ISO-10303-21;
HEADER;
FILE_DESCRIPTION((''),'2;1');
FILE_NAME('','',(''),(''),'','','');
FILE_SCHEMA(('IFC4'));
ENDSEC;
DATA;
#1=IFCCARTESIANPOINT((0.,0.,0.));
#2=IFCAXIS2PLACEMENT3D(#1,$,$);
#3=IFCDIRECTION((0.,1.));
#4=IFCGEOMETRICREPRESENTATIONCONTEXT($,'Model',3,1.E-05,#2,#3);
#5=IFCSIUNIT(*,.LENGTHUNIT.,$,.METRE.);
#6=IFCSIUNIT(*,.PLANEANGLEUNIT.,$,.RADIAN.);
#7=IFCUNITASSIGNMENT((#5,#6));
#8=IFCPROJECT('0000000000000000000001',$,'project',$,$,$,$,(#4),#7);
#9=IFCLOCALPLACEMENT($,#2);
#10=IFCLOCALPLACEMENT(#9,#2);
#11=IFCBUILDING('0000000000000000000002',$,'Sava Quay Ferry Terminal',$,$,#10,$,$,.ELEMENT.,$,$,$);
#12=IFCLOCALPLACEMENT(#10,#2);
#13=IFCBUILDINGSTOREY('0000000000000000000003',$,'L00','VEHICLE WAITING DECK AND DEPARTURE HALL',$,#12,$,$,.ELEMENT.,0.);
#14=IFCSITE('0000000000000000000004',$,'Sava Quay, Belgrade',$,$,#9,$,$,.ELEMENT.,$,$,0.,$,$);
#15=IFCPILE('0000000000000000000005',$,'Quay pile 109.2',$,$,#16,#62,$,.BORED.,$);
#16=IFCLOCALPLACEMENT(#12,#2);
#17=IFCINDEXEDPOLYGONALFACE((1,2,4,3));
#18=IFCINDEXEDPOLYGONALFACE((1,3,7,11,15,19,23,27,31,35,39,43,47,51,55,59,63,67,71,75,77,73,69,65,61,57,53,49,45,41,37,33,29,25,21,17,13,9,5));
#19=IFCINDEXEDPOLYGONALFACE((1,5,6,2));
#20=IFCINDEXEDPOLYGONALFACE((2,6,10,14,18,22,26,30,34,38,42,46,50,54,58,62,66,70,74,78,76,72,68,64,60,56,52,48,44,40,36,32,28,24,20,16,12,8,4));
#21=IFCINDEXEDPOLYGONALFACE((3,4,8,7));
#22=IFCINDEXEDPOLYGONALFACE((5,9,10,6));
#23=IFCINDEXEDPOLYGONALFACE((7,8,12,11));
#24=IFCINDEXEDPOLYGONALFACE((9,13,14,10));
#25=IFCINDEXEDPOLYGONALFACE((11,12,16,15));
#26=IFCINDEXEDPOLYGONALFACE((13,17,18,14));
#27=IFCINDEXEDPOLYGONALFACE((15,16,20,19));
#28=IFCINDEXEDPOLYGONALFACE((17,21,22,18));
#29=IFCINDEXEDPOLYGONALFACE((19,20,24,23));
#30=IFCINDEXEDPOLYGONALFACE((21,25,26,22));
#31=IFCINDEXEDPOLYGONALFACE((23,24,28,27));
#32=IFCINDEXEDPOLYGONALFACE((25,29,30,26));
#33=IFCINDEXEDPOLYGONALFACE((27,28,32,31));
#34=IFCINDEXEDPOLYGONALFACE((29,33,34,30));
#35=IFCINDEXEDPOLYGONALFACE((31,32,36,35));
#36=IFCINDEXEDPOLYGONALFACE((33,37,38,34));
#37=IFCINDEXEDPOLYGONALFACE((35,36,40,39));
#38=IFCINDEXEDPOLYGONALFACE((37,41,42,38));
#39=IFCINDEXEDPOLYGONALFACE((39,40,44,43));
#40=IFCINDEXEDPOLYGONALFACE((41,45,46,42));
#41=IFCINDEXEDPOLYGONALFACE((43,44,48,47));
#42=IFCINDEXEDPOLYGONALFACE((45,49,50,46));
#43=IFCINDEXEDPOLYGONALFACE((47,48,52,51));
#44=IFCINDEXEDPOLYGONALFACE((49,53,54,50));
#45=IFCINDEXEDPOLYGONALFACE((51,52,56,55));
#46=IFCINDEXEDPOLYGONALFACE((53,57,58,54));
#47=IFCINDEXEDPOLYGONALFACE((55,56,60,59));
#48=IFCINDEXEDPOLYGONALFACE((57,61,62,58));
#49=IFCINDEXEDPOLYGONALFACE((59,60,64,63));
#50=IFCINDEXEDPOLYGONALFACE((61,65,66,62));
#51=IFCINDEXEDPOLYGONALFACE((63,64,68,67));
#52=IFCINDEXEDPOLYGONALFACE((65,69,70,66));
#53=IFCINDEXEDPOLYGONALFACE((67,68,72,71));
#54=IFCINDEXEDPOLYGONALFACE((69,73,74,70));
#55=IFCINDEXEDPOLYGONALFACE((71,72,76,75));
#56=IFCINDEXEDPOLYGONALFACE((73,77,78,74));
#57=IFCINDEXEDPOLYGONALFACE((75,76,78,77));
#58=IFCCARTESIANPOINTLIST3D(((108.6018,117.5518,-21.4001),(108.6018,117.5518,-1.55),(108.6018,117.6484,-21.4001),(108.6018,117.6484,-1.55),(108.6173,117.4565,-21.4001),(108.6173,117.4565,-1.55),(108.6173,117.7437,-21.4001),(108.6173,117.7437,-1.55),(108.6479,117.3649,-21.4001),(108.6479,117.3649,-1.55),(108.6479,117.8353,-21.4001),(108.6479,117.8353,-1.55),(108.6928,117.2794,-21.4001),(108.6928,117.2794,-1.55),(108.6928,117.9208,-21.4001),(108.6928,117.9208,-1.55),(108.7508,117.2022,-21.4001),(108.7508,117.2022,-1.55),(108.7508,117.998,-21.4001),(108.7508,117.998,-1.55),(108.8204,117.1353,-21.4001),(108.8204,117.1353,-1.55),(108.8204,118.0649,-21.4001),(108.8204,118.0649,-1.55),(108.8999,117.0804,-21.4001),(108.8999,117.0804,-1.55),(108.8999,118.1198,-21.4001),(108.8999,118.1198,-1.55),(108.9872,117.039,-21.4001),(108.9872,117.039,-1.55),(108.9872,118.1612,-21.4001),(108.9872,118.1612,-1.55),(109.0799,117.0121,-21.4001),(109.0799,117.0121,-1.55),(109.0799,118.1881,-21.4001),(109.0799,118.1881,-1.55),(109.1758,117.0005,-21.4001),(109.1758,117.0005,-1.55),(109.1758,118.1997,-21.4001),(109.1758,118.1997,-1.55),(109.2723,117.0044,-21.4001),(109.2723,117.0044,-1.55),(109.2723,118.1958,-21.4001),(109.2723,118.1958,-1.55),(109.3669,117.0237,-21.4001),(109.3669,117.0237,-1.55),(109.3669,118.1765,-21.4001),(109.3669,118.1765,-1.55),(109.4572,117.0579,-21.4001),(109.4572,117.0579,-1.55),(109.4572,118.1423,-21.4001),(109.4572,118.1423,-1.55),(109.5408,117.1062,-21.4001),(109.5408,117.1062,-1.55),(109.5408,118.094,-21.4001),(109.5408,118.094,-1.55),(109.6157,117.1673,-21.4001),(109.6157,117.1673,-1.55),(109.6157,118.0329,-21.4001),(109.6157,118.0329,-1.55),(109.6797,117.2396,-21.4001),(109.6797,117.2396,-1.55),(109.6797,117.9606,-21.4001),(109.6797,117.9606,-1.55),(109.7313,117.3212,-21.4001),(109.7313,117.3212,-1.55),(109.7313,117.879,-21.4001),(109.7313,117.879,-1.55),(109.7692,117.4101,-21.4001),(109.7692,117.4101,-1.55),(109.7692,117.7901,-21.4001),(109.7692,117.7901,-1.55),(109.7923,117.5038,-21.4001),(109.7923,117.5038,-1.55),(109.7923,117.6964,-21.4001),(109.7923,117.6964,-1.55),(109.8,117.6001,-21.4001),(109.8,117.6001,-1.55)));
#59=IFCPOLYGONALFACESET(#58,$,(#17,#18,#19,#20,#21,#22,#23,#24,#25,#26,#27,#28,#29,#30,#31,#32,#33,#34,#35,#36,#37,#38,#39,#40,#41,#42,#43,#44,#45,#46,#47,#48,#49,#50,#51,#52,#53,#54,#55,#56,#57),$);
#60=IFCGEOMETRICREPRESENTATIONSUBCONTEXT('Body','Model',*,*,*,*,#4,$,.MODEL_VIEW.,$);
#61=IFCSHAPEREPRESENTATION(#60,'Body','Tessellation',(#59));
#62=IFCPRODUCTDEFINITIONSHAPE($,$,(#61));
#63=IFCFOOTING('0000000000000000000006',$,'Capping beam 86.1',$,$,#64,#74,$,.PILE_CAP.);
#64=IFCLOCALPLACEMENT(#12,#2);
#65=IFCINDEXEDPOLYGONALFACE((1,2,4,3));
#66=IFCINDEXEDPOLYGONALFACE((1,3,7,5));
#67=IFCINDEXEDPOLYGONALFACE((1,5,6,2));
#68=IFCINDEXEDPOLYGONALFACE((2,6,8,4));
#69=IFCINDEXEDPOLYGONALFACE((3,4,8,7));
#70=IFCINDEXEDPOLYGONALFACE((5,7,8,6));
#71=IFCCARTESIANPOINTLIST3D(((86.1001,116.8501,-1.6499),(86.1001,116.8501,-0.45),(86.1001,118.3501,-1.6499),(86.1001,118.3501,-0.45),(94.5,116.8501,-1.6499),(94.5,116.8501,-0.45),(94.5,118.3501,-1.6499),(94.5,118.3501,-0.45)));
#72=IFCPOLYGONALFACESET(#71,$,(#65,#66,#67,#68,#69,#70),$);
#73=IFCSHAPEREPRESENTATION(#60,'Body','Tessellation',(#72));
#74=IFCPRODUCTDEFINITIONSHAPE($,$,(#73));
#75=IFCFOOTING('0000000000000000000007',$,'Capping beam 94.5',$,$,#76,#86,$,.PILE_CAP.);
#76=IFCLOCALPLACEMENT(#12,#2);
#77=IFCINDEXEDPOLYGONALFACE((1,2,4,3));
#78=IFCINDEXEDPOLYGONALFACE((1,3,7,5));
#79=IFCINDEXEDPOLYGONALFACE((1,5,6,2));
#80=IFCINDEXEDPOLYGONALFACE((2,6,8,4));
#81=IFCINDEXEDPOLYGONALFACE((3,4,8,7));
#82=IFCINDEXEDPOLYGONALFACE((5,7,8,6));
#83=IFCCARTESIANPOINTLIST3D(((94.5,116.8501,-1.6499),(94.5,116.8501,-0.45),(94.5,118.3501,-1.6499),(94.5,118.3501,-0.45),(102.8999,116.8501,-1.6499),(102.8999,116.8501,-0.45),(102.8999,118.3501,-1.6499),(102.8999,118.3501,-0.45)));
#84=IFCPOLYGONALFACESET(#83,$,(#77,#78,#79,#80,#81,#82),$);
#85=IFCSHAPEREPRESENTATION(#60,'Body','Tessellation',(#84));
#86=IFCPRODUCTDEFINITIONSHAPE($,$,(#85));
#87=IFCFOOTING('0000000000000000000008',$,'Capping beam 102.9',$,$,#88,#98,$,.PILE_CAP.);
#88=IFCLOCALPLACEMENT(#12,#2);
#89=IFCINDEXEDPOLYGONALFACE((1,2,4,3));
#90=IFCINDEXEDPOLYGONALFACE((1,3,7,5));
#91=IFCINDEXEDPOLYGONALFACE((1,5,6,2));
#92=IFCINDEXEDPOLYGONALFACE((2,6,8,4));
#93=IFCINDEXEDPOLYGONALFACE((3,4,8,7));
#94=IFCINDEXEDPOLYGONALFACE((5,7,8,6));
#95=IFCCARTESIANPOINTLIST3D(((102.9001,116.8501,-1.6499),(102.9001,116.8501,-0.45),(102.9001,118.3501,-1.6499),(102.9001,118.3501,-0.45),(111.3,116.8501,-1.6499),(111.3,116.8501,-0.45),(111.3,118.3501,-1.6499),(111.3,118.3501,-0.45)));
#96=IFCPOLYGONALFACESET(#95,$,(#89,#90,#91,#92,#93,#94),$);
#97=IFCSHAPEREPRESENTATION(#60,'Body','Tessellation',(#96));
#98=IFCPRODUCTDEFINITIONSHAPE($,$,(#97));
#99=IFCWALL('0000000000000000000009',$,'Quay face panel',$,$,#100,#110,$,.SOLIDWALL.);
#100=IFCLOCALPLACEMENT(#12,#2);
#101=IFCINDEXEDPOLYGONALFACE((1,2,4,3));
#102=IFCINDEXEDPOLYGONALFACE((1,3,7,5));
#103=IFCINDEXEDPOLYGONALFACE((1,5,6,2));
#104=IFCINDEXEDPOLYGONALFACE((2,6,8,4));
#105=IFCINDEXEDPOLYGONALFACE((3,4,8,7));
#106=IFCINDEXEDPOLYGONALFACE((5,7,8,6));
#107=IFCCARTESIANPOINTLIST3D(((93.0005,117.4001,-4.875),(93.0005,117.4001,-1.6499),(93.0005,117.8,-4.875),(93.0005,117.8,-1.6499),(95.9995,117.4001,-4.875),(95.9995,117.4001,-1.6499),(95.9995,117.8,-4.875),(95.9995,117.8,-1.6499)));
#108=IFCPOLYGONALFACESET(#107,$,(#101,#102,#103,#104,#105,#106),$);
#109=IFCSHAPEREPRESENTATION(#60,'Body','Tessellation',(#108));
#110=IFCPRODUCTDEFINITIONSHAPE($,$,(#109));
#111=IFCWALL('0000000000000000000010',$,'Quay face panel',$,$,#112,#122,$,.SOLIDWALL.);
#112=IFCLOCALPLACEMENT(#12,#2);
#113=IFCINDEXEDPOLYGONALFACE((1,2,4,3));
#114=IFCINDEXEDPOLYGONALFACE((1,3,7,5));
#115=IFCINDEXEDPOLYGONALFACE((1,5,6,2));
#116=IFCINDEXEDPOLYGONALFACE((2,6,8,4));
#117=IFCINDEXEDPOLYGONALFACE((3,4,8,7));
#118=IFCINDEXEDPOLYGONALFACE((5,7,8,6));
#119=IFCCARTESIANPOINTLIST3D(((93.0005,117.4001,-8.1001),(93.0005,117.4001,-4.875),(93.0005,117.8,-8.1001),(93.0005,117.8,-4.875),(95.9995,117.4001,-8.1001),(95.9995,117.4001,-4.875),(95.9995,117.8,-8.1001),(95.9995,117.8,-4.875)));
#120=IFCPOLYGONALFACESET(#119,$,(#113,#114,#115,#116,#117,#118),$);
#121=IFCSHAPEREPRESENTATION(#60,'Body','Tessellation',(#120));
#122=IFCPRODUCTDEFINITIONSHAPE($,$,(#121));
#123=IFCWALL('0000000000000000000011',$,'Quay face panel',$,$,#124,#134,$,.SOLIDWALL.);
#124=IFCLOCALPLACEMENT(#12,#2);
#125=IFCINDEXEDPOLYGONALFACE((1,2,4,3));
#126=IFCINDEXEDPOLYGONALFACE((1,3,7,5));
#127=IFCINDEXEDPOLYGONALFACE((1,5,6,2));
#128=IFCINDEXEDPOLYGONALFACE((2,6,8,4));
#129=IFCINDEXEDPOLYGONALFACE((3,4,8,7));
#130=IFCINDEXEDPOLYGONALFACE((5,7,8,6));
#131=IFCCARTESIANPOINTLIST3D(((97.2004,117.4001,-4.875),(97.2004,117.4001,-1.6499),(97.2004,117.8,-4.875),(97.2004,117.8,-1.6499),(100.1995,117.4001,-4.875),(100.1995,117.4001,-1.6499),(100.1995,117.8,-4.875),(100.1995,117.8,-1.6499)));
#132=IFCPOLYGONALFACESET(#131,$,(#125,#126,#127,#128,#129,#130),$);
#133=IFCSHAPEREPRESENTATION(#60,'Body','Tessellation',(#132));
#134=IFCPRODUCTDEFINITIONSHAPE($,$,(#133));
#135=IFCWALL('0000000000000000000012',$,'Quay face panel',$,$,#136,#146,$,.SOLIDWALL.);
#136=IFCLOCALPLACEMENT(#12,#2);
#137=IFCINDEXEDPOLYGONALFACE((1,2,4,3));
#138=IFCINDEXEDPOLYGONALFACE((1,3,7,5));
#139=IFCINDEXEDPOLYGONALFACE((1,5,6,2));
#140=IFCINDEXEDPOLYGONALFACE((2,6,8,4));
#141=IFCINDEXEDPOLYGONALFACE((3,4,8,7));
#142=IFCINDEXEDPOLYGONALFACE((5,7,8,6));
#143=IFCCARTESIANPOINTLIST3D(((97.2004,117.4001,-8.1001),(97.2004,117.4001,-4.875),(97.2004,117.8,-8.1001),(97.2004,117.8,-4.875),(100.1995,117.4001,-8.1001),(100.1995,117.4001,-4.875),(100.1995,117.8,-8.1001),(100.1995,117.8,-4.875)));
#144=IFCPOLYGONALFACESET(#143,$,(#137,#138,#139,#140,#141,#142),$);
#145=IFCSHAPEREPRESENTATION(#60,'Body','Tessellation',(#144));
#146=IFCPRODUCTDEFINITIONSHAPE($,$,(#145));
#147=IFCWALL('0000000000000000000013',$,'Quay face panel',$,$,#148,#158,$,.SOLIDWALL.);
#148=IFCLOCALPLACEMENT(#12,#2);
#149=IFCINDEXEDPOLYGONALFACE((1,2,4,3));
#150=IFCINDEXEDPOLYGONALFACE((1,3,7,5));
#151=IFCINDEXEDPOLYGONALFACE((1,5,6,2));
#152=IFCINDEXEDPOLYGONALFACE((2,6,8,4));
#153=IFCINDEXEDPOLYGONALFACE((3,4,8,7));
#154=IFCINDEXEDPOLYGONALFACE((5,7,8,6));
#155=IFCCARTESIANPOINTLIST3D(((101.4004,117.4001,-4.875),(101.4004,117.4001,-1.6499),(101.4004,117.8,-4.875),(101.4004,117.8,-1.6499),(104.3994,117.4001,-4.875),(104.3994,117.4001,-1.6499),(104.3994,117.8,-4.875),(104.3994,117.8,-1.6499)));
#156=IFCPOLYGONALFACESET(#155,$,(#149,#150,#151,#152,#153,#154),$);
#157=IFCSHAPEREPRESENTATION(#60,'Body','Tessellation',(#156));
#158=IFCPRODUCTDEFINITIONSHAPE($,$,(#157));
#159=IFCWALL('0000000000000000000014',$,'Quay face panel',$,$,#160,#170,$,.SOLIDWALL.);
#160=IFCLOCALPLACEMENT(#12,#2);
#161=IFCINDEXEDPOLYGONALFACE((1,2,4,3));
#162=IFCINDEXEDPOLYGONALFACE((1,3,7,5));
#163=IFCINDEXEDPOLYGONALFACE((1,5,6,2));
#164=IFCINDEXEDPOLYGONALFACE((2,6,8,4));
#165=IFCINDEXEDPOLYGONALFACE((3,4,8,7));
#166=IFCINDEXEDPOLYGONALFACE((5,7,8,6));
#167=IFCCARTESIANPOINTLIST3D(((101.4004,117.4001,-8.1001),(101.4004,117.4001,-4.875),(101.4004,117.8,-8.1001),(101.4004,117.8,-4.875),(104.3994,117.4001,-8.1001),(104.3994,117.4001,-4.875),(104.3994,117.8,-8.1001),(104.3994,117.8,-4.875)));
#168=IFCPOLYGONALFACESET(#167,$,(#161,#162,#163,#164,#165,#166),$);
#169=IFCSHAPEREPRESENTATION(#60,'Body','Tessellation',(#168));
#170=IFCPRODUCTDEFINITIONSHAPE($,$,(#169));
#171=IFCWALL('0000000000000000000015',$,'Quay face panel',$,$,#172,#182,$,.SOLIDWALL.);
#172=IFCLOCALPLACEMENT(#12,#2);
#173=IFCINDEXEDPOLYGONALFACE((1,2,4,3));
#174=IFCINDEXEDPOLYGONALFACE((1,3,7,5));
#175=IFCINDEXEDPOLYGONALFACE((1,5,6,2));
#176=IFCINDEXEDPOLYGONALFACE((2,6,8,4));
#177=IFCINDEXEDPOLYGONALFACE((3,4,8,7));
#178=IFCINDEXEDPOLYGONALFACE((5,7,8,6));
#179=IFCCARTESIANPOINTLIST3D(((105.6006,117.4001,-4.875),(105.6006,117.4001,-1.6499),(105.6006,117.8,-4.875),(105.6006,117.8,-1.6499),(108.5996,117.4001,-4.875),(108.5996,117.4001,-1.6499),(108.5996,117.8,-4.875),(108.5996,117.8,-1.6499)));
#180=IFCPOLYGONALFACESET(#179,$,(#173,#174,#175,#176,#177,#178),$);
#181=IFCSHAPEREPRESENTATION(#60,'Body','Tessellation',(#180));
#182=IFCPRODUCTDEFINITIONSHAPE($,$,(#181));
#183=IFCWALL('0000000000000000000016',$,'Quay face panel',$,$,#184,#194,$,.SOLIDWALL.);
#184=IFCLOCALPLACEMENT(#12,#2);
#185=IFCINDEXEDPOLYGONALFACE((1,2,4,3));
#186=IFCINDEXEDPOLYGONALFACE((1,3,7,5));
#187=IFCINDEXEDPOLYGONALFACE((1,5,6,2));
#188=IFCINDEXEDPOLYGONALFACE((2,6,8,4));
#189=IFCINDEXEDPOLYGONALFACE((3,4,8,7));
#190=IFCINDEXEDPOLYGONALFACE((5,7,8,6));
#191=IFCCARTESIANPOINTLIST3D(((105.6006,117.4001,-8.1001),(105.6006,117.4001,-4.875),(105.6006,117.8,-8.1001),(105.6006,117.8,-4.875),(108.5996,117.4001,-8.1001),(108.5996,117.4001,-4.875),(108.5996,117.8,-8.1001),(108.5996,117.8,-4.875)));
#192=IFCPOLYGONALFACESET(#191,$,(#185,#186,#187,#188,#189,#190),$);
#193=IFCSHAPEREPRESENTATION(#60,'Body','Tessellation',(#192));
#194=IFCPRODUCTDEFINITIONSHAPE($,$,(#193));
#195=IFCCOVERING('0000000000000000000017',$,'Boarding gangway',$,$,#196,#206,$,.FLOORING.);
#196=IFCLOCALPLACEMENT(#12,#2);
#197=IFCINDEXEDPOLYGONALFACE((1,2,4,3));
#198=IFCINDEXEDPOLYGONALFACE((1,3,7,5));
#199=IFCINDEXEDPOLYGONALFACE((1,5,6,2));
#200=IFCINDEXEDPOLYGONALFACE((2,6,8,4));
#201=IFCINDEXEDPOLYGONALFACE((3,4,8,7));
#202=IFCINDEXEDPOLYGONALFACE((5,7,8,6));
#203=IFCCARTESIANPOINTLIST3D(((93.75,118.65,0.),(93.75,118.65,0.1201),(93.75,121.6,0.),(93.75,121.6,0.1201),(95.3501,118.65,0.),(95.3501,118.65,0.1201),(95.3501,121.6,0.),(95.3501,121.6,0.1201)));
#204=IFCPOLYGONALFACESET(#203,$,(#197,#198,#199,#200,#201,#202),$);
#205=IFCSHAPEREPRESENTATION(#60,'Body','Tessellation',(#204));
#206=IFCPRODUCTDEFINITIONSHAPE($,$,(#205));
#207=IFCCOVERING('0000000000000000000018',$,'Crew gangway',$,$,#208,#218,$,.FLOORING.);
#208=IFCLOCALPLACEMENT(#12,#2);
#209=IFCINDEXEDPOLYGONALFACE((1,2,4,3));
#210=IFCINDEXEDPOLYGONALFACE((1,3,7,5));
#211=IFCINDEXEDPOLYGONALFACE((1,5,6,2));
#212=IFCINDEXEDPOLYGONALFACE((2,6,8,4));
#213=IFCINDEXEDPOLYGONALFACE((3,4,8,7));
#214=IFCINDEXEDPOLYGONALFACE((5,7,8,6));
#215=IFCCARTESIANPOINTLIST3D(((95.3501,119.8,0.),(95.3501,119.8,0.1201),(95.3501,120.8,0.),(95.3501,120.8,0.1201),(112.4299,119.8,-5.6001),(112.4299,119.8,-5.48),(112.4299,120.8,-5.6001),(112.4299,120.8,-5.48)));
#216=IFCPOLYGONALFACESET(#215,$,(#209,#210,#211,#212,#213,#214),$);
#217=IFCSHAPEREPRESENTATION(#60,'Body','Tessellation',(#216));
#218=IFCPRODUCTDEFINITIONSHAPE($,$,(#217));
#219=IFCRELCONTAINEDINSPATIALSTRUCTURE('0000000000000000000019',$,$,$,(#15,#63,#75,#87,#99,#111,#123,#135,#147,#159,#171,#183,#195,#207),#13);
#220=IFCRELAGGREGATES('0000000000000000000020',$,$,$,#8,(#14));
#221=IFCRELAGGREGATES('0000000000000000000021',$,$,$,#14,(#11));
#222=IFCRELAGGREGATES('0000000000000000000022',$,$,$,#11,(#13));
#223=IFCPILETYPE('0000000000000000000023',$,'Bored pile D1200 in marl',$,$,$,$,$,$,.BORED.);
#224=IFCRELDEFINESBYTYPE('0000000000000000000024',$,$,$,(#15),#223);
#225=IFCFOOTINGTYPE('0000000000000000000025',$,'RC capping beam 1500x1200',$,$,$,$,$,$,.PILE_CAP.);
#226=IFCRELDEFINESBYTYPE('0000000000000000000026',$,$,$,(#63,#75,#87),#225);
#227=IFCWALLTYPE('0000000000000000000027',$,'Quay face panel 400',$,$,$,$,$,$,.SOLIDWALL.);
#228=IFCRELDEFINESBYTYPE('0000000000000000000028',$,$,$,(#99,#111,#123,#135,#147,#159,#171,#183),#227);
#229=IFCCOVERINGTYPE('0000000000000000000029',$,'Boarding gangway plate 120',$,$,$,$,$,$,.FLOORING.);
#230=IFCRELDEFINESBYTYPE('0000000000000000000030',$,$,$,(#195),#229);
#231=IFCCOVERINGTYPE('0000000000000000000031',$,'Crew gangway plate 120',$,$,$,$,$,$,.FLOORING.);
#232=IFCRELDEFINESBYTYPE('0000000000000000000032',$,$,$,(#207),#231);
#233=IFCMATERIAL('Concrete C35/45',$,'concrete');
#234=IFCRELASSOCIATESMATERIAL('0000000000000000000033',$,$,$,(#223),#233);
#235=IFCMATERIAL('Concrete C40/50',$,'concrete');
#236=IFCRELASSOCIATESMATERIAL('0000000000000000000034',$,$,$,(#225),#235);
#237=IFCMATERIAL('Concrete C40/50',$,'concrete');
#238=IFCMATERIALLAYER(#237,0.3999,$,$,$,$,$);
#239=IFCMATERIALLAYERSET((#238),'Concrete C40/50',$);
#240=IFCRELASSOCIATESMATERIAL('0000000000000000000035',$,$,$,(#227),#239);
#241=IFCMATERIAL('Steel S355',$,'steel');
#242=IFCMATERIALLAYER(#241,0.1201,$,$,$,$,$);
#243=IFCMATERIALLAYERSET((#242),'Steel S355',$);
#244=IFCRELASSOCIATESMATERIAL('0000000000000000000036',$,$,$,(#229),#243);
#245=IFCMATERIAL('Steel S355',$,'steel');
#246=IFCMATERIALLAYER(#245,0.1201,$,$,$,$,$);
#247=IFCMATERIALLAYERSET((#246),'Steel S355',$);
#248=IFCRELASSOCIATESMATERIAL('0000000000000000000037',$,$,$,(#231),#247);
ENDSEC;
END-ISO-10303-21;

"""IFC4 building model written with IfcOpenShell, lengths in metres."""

from ifc_helpers import new_model, si_unit, direction, frame, frame_2d, origin, origin_2d, place, context, subcontext, project, spatial, polyline, rectangle, circle, outline, extrude, material, layer, layer_set, material_profile, profile_set, type_object, element, save


model = new_model("IFC4")

# Units and contexts
model_context = context("Model", 3, precision=1e-05, world=origin(), true_north=direction((0.0, 1.0)))
body_context = subcontext(model_context, "Body", "Model", "MODEL_VIEW")
ifc_project = project(units=[si_unit("LENGTHUNIT", "METRE"), si_unit("PLANEANGLEUNIT", "RADIAN")], contexts=[model_context])

# Site, building, storey
site_placement = place(None, origin())
site = spatial("IfcSite", under=ifc_project, at=site_placement, Name="Sava Quay, Belgrade", CompositionType="ELEMENT", RefElevation=0.0)
building_placement = place(site_placement, origin())
building = spatial("IfcBuilding", under=site, at=building_placement, Name="Sava Quay Ferry Terminal", CompositionType="ELEMENT")
storey_placement = place(building_placement, origin())
storey = spatial("IfcBuildingStorey", under=building, at=storey_placement, Name="L00", Description="VEHICLE WAITING DECK AND DEPARTURE HALL", CompositionType="ELEMENT", Elevation=0.0)

# Pile
ifc_material_1 = material(Name="Concrete C35/45", Category="concrete")
ifc_material_profile = material_profile(ifc_material_1, circle(Radius=0.6001, at=origin_2d()), Name="Bored pile D1200 in marl")
ifc_profile_set = profile_set([ifc_material_profile], Name="Concrete C35/45")
pile_type = type_object("IfcPileType", Name="Bored pile D1200 in marl", PredefinedType="BORED", material=ifc_profile_set)
for number, where, z_axis, x_axis, name in (
    (1, (109.2, 117.6001, -1.55), (0.0, 0.0, -1.0), (1.0, 0.0, 0.0), "Quay pile 109.2"),
):
    element("IfcPile", number, at=place(storey_placement, frame(where, z_axis=z_axis, x_axis=x_axis)), inside=storey, type_object=pile_type, Name=name, PredefinedType="BORED", context=body_context, shape_type="SweptSolid", body=[
        extrude(circle(Radius=0.6001, at=origin_2d()), origin(), (0.0, 0.0, 1.0), 19.8501),
    ])

# Footings
ifc_material_2 = material(Name="Concrete C40/50", Category="concrete")
footing_type = type_object("IfcFootingType", Name="RC capping beam 1500x1200", PredefinedType="PILE_CAP", material=ifc_material_2)
for number, where, z_axis, x_axis, name in (
    (2, (90.3, 117.6001, -1.6499), (0.0, 0.0, 1.0), (1.0, 0.0, 0.0), "Capping beam 86.1"),
    (3, (98.7, 117.6001, -1.6499), (0.0, 0.0, 1.0), (1.0, 0.0, 0.0), "Capping beam 94.5"),
    (4, (107.1001, 117.6001, -1.6499), (0.0, 0.0, 1.0), (1.0, 0.0, 0.0), "Capping beam 102.9"),
):
    element("IfcFooting", number, at=place(storey_placement, frame(where, z_axis=z_axis, x_axis=x_axis)), inside=storey, type_object=footing_type, Name=name, PredefinedType="PILE_CAP", context=body_context, shape_type="SweptSolid", body=[
        extrude(rectangle(XDim=8.3999, YDim=1.5, at=origin_2d()), origin(), (0.0, 0.0, 1.0), 1.2),
    ])

# Walls
ifc_material_3 = material(Name="Concrete C40/50", Category="concrete")
ifc_layer_1 = layer(ifc_material_3, 0.3999)
ifc_layer_set_1 = layer_set([ifc_layer_1], Name="Concrete C40/50")
wall_type = type_object("IfcWallType", Name="Quay face panel 400", PredefinedType="SOLIDWALL", material=ifc_layer_set_1)
for number, where, z_axis, x_axis, name in (
    (5, (93.0005, 117.6001, -4.875), (0.0, 0.0, 1.0), (1.0, 0.0, 0.0), "Quay face panel"),
    (6, (93.0005, 117.6001, -8.1001), (0.0, 0.0, 1.0), (1.0, 0.0, 0.0), "Quay face panel"),
    (7, (97.2004, 117.6001, -4.875), (0.0, 0.0, 1.0), (1.0, 0.0, 0.0), "Quay face panel"),
    (8, (97.2004, 117.6001, -8.1001), (0.0, 0.0, 1.0), (1.0, 0.0, 0.0), "Quay face panel"),
    (9, (101.4004, 117.6001, -4.875), (0.0, 0.0, 1.0), (1.0, 0.0, 0.0), "Quay face panel"),
    (10, (101.4004, 117.6001, -8.1001), (0.0, 0.0, 1.0), (1.0, 0.0, 0.0), "Quay face panel"),
    (11, (105.6006, 117.6001, -4.875), (0.0, 0.0, 1.0), (1.0, 0.0, 0.0), "Quay face panel"),
    (12, (105.6006, 117.6001, -8.1001), (0.0, 0.0, 1.0), (1.0, 0.0, 0.0), "Quay face panel"),
):
    element("IfcWall", number, at=place(storey_placement, frame(where, z_axis=z_axis, x_axis=x_axis)), inside=storey, type_object=wall_type, Name=name, PredefinedType="SOLIDWALL", context=body_context, shape_type="SweptSolid", body=[
        extrude(rectangle(XDim=2.999, YDim=0.3999, at=frame_2d((1.4995, 0.0))), origin(), (0.0, 0.0, 1.0), 3.2251),
    ])

# Coverings
ifc_material_4 = material(Name="Steel S355", Category="steel")
ifc_layer_2 = layer(ifc_material_4, 0.1201)
ifc_layer_set_2 = layer_set([ifc_layer_2], Name="Steel S355")
covering_type_1 = type_object("IfcCoveringType", Name="Boarding gangway plate 120", PredefinedType="FLOORING", material=ifc_layer_set_2)
covering_1_placement = place(storey_placement, frame((94.55, 120.125, 0.0), z_axis=(0.0, 0.0, 1.0), x_axis=(1.0, 0.0, 0.0)))
element("IfcCovering", 13, at=covering_1_placement, inside=storey, type_object=covering_type_1, Name="Boarding gangway", PredefinedType="FLOORING", context=body_context, shape_type="SweptSolid", body=[
    extrude(rectangle(XDim=1.6001, YDim=2.95, at=origin_2d()), origin(), (0.0, 0.0, 1.0), 0.1201),
])
ifc_material_5 = material(Name="Steel S355", Category="steel")
ifc_layer_3 = layer(ifc_material_5, 0.1201)
ifc_layer_set_3 = layer_set([ifc_layer_3], Name="Steel S355")
covering_type_2 = type_object("IfcCoveringType", Name="Crew gangway plate 120", PredefinedType="FLOORING", material=ifc_layer_set_3)
covering_2_placement = place(storey_placement, frame((95.3501, 120.8, 0.1201), z_axis=(0.0, 1.0, 0.0), x_axis=(0.950227, 0.0, -0.311558)))
element("IfcCovering", 14, at=covering_2_placement, inside=storey, type_object=covering_type_2, Name="Crew gangway", PredefinedType="FLOORING", context=body_context, shape_type="SweptSolid", body=[
    extrude(outline(polyline([(0.0, 0.0), (17.9745, 0.0), (18.0119, 0.1141), (0.0374, 0.1141), (0.0, 0.0)])), origin(), (0.0, 0.0, -1.0), 1.0),
])

save(model, "model.ifc")
